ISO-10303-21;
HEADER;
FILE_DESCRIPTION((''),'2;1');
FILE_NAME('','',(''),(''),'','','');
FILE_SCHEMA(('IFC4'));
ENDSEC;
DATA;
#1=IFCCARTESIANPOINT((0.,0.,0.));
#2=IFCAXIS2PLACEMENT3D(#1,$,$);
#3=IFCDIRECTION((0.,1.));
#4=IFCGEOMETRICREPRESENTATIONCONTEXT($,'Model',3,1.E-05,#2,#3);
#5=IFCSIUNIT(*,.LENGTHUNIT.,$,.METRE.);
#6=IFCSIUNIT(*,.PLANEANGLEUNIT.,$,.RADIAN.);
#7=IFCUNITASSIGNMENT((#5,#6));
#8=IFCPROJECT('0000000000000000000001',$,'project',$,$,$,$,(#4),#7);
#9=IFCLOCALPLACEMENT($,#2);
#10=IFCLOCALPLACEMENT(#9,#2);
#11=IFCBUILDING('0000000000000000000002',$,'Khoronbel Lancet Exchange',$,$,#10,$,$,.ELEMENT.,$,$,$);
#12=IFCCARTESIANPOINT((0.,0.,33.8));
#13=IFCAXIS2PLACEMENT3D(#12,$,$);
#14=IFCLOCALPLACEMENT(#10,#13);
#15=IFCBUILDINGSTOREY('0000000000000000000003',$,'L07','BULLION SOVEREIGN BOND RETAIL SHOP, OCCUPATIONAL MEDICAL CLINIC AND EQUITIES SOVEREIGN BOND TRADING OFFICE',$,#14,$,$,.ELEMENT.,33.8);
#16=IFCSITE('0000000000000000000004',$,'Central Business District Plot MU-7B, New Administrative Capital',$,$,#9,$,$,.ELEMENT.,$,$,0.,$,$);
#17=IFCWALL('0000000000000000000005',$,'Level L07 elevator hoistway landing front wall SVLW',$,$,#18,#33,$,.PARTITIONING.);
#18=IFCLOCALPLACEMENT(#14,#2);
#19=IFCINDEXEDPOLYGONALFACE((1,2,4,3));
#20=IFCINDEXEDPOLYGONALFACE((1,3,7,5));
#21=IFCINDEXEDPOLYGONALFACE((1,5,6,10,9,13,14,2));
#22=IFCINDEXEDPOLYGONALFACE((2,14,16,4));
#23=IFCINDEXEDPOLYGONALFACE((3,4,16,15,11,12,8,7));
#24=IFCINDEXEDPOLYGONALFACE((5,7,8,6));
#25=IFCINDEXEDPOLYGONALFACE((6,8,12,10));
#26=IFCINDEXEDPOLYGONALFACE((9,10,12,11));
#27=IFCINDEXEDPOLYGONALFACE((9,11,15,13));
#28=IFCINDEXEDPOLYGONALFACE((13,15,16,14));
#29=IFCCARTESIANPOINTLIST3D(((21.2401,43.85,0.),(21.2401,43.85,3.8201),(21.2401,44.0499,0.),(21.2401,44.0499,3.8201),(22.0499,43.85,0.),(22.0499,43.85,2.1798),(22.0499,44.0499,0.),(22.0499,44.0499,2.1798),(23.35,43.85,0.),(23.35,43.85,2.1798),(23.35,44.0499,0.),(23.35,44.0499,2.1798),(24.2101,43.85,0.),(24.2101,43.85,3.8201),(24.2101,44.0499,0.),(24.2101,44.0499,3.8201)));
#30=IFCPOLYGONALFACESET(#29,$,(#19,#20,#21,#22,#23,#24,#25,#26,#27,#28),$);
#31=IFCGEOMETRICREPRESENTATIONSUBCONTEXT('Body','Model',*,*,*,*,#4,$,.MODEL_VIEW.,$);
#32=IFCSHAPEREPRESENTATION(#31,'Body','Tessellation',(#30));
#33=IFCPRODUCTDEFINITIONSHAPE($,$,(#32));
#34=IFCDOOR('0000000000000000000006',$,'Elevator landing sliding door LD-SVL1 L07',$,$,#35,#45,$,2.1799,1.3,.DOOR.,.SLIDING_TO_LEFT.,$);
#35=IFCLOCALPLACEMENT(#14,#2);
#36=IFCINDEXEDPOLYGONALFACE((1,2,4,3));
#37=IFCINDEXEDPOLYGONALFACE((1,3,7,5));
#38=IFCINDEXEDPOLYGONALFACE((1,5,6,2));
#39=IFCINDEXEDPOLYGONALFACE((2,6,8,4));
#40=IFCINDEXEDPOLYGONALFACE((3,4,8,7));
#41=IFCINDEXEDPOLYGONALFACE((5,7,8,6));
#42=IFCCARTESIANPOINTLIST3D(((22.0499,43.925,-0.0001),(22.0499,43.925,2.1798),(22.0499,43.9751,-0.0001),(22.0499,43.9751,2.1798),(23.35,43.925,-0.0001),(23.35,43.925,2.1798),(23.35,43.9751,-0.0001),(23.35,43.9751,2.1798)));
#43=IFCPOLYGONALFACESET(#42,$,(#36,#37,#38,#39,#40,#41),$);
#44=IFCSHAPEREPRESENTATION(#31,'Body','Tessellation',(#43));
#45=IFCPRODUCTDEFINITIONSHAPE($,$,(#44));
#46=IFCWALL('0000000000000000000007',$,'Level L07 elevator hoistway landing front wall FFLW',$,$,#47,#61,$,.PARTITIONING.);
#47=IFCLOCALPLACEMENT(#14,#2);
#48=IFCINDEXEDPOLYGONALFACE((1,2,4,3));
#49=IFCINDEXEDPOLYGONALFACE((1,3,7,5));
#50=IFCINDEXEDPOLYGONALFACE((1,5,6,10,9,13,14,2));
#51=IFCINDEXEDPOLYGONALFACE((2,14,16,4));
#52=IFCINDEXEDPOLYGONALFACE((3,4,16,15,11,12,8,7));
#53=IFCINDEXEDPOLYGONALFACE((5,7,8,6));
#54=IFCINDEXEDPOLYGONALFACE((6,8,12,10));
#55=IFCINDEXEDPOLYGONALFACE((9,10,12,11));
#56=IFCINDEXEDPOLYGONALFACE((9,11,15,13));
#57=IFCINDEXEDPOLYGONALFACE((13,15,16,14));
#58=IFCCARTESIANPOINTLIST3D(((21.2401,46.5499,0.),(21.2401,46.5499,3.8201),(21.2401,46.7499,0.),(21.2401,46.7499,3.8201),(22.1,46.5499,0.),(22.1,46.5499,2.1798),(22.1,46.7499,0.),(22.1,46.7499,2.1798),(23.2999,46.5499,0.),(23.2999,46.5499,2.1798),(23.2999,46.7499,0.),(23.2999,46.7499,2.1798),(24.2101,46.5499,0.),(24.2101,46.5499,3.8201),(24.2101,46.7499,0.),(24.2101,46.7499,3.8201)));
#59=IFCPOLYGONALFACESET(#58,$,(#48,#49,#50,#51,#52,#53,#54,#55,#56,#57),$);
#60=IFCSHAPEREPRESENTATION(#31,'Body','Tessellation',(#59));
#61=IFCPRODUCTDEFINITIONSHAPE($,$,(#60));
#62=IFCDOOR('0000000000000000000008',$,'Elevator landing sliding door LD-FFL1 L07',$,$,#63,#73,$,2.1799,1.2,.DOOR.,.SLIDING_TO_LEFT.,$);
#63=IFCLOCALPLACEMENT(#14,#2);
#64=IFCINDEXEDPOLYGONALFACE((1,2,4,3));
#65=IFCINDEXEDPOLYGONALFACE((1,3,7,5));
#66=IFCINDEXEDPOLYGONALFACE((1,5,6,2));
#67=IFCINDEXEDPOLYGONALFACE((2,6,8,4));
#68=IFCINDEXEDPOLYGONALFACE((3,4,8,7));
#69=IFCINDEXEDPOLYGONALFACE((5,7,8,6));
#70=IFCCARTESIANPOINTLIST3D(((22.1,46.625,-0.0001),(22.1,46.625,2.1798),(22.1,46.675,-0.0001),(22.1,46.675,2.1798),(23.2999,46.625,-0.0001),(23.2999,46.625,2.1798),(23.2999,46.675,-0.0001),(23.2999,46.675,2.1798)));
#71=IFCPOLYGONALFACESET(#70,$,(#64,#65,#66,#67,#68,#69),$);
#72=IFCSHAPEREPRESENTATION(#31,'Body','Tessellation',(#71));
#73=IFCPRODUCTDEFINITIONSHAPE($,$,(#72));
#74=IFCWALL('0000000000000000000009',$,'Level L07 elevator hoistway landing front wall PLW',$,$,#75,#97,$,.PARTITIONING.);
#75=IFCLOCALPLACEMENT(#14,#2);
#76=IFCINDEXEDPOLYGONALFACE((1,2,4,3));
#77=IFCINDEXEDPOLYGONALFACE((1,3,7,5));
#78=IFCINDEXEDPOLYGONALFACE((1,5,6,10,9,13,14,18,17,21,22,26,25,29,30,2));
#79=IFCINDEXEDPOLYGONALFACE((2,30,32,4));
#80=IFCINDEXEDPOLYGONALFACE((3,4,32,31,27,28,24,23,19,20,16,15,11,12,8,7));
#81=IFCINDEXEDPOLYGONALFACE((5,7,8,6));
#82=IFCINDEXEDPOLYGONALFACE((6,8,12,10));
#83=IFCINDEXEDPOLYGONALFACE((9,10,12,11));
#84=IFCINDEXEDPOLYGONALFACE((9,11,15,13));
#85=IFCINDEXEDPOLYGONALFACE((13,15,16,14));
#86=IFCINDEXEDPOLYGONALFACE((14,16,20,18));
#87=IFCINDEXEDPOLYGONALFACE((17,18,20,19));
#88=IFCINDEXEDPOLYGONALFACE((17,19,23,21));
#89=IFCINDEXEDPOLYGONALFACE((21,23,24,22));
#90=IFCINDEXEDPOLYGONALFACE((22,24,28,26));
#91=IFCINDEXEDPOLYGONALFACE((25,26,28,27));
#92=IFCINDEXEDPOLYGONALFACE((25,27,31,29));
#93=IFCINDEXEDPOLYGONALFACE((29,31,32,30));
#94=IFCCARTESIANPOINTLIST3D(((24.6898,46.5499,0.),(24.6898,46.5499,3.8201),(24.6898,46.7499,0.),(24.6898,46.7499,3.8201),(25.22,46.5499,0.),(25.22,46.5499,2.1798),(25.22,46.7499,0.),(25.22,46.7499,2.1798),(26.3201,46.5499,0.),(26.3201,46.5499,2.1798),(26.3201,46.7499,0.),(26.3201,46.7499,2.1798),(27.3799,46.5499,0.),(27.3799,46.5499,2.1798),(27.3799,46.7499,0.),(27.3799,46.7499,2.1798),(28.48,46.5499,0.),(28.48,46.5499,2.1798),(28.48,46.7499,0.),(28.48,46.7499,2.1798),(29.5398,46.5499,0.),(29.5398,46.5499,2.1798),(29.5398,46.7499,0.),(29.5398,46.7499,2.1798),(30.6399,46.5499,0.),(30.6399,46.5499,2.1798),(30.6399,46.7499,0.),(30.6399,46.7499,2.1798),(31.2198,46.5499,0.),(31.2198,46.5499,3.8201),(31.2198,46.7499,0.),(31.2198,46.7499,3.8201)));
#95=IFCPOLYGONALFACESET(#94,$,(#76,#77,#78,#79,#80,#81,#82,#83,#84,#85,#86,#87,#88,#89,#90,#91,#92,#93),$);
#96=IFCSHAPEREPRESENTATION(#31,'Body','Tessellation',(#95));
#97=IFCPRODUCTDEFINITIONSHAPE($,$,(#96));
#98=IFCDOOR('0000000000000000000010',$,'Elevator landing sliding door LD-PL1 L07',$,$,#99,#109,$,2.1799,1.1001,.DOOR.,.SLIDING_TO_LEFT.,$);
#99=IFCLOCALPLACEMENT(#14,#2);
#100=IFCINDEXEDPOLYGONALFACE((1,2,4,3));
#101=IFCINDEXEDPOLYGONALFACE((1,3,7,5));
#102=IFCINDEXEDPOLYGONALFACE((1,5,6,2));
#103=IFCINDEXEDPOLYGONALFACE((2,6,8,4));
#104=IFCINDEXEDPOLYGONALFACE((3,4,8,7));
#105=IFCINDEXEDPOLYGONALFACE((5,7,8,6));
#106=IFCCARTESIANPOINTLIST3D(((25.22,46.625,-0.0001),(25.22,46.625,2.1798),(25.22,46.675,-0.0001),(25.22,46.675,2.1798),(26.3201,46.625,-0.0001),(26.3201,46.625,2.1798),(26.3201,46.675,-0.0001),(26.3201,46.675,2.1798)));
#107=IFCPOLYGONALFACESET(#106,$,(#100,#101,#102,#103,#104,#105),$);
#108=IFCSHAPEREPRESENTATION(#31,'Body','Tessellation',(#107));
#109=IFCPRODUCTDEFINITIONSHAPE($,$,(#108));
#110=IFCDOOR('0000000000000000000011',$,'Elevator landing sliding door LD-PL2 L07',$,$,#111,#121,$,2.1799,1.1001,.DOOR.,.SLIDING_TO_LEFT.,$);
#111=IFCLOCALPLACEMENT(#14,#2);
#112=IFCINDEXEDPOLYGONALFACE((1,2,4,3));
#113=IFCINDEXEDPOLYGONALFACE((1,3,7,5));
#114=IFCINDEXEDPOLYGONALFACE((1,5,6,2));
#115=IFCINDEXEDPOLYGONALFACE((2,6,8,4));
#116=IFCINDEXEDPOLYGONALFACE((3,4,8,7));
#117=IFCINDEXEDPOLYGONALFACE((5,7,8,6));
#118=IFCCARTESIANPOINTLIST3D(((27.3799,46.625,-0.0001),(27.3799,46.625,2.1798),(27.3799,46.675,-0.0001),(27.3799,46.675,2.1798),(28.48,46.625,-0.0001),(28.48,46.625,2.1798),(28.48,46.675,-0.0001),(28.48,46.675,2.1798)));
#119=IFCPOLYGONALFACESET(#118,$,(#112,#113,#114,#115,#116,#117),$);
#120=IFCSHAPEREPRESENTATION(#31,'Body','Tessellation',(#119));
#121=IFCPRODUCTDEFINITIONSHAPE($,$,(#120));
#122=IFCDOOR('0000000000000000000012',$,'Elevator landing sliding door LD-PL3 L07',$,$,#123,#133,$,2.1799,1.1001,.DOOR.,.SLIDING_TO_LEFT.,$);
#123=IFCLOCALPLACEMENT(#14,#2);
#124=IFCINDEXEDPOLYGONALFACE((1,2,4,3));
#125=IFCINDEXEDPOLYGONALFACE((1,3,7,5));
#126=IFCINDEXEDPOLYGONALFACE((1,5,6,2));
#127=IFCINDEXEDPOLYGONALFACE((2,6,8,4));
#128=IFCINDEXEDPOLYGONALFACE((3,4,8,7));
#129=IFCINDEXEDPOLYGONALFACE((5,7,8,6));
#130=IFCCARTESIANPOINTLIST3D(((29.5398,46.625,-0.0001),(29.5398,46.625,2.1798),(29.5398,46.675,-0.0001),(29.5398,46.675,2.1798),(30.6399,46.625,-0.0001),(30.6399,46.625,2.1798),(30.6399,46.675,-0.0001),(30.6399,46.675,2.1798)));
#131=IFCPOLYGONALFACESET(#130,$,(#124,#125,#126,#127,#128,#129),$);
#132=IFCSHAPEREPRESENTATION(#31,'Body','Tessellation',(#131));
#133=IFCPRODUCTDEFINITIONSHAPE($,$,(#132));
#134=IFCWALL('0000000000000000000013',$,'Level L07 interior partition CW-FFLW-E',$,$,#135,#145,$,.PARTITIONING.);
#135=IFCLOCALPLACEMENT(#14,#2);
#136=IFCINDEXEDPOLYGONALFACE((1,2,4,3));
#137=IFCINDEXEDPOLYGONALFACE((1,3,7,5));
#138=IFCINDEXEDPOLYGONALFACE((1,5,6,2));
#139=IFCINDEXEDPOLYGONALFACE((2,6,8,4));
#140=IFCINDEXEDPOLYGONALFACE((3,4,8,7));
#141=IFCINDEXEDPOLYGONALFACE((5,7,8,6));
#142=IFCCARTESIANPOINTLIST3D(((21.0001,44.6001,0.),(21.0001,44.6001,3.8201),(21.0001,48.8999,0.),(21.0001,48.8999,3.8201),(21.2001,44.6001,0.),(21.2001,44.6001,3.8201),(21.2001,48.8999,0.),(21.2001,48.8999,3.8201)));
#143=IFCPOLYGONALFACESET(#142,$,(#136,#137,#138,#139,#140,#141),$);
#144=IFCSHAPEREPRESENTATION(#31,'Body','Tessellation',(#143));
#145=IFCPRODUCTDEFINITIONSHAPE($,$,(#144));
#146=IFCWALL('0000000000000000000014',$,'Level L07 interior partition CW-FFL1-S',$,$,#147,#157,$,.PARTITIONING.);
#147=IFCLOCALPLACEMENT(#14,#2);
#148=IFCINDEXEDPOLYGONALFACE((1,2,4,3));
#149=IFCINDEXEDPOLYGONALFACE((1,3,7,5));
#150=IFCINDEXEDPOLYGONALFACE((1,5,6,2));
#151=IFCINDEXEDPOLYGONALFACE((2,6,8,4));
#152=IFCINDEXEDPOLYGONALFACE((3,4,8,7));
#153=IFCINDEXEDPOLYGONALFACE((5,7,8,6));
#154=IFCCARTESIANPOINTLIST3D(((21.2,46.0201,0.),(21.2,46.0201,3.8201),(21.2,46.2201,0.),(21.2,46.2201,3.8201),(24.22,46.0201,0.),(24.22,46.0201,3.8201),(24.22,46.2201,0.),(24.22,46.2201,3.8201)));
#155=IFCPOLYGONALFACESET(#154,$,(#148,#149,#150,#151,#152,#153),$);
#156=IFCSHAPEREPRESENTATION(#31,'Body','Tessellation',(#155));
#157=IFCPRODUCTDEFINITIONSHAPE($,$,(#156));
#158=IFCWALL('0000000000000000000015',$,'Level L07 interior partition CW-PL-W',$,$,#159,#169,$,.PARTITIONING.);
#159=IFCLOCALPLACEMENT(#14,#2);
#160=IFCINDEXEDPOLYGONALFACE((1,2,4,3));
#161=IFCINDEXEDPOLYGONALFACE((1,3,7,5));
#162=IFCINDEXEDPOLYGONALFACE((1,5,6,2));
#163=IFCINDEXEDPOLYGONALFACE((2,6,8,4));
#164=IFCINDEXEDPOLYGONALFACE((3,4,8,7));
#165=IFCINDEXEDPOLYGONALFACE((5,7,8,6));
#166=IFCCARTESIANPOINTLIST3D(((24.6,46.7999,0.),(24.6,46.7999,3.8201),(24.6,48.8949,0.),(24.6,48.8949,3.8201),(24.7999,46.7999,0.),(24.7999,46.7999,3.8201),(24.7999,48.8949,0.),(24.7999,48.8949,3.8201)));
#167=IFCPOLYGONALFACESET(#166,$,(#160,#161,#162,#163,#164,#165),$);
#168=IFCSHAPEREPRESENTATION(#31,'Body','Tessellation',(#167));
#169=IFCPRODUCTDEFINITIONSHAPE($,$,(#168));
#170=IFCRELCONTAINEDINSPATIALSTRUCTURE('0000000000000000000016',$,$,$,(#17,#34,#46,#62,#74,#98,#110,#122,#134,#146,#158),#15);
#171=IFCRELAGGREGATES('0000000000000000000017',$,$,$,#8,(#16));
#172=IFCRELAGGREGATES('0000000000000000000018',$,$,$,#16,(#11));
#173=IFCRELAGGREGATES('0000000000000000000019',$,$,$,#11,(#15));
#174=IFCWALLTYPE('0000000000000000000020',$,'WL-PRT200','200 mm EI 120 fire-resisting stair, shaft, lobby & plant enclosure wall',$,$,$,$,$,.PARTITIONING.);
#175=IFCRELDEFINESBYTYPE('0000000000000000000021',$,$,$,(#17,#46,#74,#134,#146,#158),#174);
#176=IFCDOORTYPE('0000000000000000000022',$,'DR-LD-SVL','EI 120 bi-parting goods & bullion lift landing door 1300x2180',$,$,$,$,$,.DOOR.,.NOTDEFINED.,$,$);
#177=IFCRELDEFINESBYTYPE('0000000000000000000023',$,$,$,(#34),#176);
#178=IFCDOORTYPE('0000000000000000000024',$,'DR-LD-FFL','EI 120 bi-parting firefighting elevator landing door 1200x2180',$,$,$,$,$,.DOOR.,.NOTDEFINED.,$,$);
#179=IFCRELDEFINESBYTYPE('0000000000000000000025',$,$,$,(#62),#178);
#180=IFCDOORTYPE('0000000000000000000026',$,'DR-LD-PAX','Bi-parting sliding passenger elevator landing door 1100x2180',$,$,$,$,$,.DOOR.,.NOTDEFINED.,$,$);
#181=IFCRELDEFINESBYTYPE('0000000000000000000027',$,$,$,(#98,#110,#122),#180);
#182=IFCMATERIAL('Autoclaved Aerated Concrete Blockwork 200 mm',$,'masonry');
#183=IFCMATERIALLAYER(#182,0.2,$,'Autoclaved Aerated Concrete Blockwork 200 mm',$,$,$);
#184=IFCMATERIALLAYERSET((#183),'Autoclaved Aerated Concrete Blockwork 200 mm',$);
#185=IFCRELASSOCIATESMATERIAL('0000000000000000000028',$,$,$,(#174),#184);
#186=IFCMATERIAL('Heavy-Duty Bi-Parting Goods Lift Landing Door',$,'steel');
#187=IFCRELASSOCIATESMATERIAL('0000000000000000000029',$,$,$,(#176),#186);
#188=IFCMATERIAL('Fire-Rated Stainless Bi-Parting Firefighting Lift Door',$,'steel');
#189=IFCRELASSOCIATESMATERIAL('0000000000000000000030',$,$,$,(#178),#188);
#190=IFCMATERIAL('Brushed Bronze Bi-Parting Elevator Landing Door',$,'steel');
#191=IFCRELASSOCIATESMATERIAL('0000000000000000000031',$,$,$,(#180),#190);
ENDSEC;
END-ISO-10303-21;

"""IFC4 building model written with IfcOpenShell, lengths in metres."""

from ifc_helpers import new_model, si_unit, direction, frame, frame_2d, origin, place, context, subcontext, project, spatial, rectangle, extrude, material, layer, layer_set, type_object, element, fill, save


model = new_model("IFC4")

# Units and contexts
model_context = context("Model", 3, precision=1e-05, world=origin(), true_north=direction((0.0, 1.0)))
body_context = subcontext(model_context, "Body", "Model", "MODEL_VIEW")
ifc_project = project(units=[si_unit("LENGTHUNIT", "METRE"), si_unit("PLANEANGLEUNIT", "RADIAN")], contexts=[model_context])

# Site, building, storey
site_placement = place(None, origin())
site = spatial("IfcSite", under=ifc_project, at=site_placement, Name="Central Business District Plot MU-7B, New Administrative Capital", CompositionType="ELEMENT", RefElevation=0.0)
building_placement = place(site_placement, origin())
building = spatial("IfcBuilding", under=site, at=building_placement, Name="Khoronbel Lancet Exchange", CompositionType="ELEMENT")
storey_placement = place(building_placement, frame((0.0, 0.0, 33.8)))
storey = spatial("IfcBuildingStorey", under=building, at=storey_placement, Name="L07", Description="BULLION SOVEREIGN BOND RETAIL SHOP, OCCUPATIONAL MEDICAL CLINIC AND EQUITIES SOVEREIGN BOND TRADING OFFICE", CompositionType="ELEMENT", Elevation=33.8)

# Walls, openings, doors
ifc_material_1 = material(Name="Autoclaved Aerated Concrete Blockwork 200 mm", Category="masonry")
ifc_layer_1 = layer(ifc_material_1, 0.2, Name="Autoclaved Aerated Concrete Blockwork 200 mm")
ifc_layer_set_1 = layer_set([ifc_layer_1], Name="Autoclaved Aerated Concrete Blockwork 200 mm")
wall_type_1 = type_object("IfcWallType", Name="WL-PRT200", Description="200 mm EI 120 fire-resisting stair, shaft, lobby & plant enclosure wall", PredefinedType="PARTITIONING", material=ifc_layer_set_1)
wall_1_placement = place(storey_placement, frame((24.21, 43.95, 0.0), z_axis=(0.0, 0.0, 1.0), x_axis=(-1.0, 0.0, 0.0)))
wall_1 = element("IfcWall", 1, at=wall_1_placement, inside=storey, type_object=wall_type_1, Name="Level L07 elevator hoistway landing front wall SVLW", PredefinedType="PARTITIONING", context=body_context, shape_type="SweptSolid", body=[
    extrude(rectangle(XDim=2.97, YDim=0.2, at=frame_2d((1.4849, 0.0))), origin(), (0.0, 0.0, 1.0), 3.8201),
])
opening_1_placement = place(wall_1_placement, frame((0.8601, 0.0, 0.0)))
opening_1 = element("IfcOpeningElement", 2, at=opening_1_placement, cuts=wall_1, PredefinedType="OPENING", context=body_context, shape_type="SweptSolid", body=[
    extrude(rectangle(XDim=1.3, YDim=2.1799, at=frame_2d((0.6499, 1.0898))), frame((0.0, 0.1099, 0.0), z_axis=(0.0, -1.0, 0.0), x_axis=(1.0, 0.0, 0.0)), (0.0, 0.0, 1.0), 0.22),
])
ifc_material_2 = material(Name="Heavy-Duty Bi-Parting Goods Lift Landing Door", Category="steel")
door_type_1 = type_object("IfcDoorType", Name="DR-LD-SVL", Description="EI 120 bi-parting goods & bullion lift landing door 1300x2180", OperationType="NOTDEFINED", PredefinedType="DOOR", material=ifc_material_2)
door_1_placement = place(opening_1_placement, origin())
door_1 = element("IfcDoor", 3, at=door_1_placement, inside=storey, type_object=door_type_1, Name="Elevator landing sliding door LD-SVL1 L07", OperationType="SLIDING_TO_LEFT", OverallHeight=2.1799, OverallWidth=1.3, PredefinedType="DOOR", context=body_context, shape_type="SweptSolid", body=[
    extrude(rectangle(XDim=1.3, YDim=2.1799, at=frame_2d((0.6499, 1.0898))), frame((0.0, 0.0249, 0.0), z_axis=(0.0, -1.0, 0.0), x_axis=(1.0, 0.0, 0.0)), (0.0, 0.0, 1.0), 0.05),
])
fill(opening_1, door_1)
wall_2_placement = place(storey_placement, frame((24.21, 46.6499, 0.0), z_axis=(0.0, 0.0, 1.0), x_axis=(-1.0, 0.0, 0.0)))
wall_2 = element("IfcWall", 4, at=wall_2_placement, inside=storey, type_object=wall_type_1, Name="Level L07 elevator hoistway landing front wall FFLW", PredefinedType="PARTITIONING", context=body_context, shape_type="SweptSolid", body=[
    extrude(rectangle(XDim=2.97, YDim=0.2, at=frame_2d((1.4849, 0.0))), origin(), (0.0, 0.0, 1.0), 3.8201),
])
opening_2_placement = place(wall_2_placement, frame((0.9099, 0.0, 0.0)))
opening_2 = element("IfcOpeningElement", 5, at=opening_2_placement, cuts=wall_2, PredefinedType="OPENING", context=body_context, shape_type="SweptSolid", body=[
    extrude(rectangle(XDim=1.2, YDim=2.1799, at=frame_2d((0.6001, 1.0898))), frame((0.0, 0.1099, 0.0), z_axis=(0.0, -1.0, 0.0), x_axis=(1.0, 0.0, 0.0)), (0.0, 0.0, 1.0), 0.22),
])
ifc_material_3 = material(Name="Fire-Rated Stainless Bi-Parting Firefighting Lift Door", Category="steel")
door_type_2 = type_object("IfcDoorType", Name="DR-LD-FFL", Description="EI 120 bi-parting firefighting elevator landing door 1200x2180", OperationType="NOTDEFINED", PredefinedType="DOOR", material=ifc_material_3)
door_2_placement = place(opening_2_placement, origin())
door_2 = element("IfcDoor", 6, at=door_2_placement, inside=storey, type_object=door_type_2, Name="Elevator landing sliding door LD-FFL1 L07", OperationType="SLIDING_TO_LEFT", OverallHeight=2.1799, OverallWidth=1.2, PredefinedType="DOOR", context=body_context, shape_type="SweptSolid", body=[
    extrude(rectangle(XDim=1.2, YDim=2.1799, at=frame_2d((0.6001, 1.0898))), frame((0.0, 0.0249, 0.0), z_axis=(0.0, -1.0, 0.0), x_axis=(1.0, 0.0, 0.0)), (0.0, 0.0, 1.0), 0.05),
])
fill(opening_2, door_2)

# Wall, openings, doors
wall_3_placement = place(storey_placement, frame((31.22, 46.6499, 0.0), z_axis=(0.0, 0.0, 1.0), x_axis=(-1.0, 0.0, 0.0)))
wall_3 = element("IfcWall", 7, at=wall_3_placement, inside=storey, type_object=wall_type_1, Name="Level L07 elevator hoistway landing front wall PLW", PredefinedType="PARTITIONING", context=body_context, shape_type="SweptSolid", body=[
    extrude(rectangle(XDim=6.53, YDim=0.2, at=frame_2d((3.2651, 0.0))), origin(), (0.0, 0.0, 1.0), 3.8201),
])
opening_3_placement = place(wall_3_placement, frame((4.8999, 0.0, 0.0)))
opening_3 = element("IfcOpeningElement", 8, at=opening_3_placement, cuts=wall_3, PredefinedType="OPENING", context=body_context, shape_type="SweptSolid", body=[
    extrude(rectangle(XDim=1.1001, YDim=2.1799, at=frame_2d((0.55, 1.0898))), frame((0.0, 0.1099, 0.0), z_axis=(0.0, -1.0, 0.0), x_axis=(1.0, 0.0, 0.0)), (0.0, 0.0, 1.0), 0.22),
])
opening_4_placement = place(wall_3_placement, frame((2.74, 0.0, 0.0)))
opening_4 = element("IfcOpeningElement", 9, at=opening_4_placement, cuts=wall_3, PredefinedType="OPENING", context=body_context, shape_type="SweptSolid", body=[
    extrude(rectangle(XDim=1.1001, YDim=2.1799, at=frame_2d((0.55, 1.0898))), frame((0.0, 0.1099, 0.0), z_axis=(0.0, -1.0, 0.0), x_axis=(1.0, 0.0, 0.0)), (0.0, 0.0, 1.0), 0.22),
])
opening_5_placement = place(wall_3_placement, frame((0.5801, 0.0, 0.0)))
opening_5 = element("IfcOpeningElement", 10, at=opening_5_placement, cuts=wall_3, PredefinedType="OPENING", context=body_context, shape_type="SweptSolid", body=[
    extrude(rectangle(XDim=1.1001, YDim=2.1799, at=frame_2d((0.55, 1.0898))), frame((0.0, 0.1099, 0.0), z_axis=(0.0, -1.0, 0.0), x_axis=(1.0, 0.0, 0.0)), (0.0, 0.0, 1.0), 0.22),
])
ifc_material_4 = material(Name="Brushed Bronze Bi-Parting Elevator Landing Door", Category="steel")
door_type_3 = type_object("IfcDoorType", Name="DR-LD-PAX", Description="Bi-parting sliding passenger elevator landing door 1100x2180", OperationType="NOTDEFINED", PredefinedType="DOOR", material=ifc_material_4)
door_3_placement = place(opening_3_placement, origin())
door_3 = element("IfcDoor", 11, at=door_3_placement, inside=storey, type_object=door_type_3, Name="Elevator landing sliding door LD-PL1 L07", OperationType="SLIDING_TO_LEFT", OverallHeight=2.1799, OverallWidth=1.1001, PredefinedType="DOOR", context=body_context, shape_type="SweptSolid", body=[
    extrude(rectangle(XDim=1.1001, YDim=2.1799, at=frame_2d((0.55, 1.0898))), frame((0.0, 0.0249, 0.0), z_axis=(0.0, -1.0, 0.0), x_axis=(1.0, 0.0, 0.0)), (0.0, 0.0, 1.0), 0.05),
])
fill(opening_3, door_3)
door_4_placement = place(opening_4_placement, origin())
door_4 = element("IfcDoor", 12, at=door_4_placement, inside=storey, type_object=door_type_3, Name="Elevator landing sliding door LD-PL2 L07", OperationType="SLIDING_TO_LEFT", OverallHeight=2.1799, OverallWidth=1.1001, PredefinedType="DOOR", context=body_context, shape_type="SweptSolid", body=[
    extrude(rectangle(XDim=1.1001, YDim=2.1799, at=frame_2d((0.55, 1.0898))), frame((0.0, 0.0249, 0.0), z_axis=(0.0, -1.0, 0.0), x_axis=(1.0, 0.0, 0.0)), (0.0, 0.0, 1.0), 0.05),
])
fill(opening_4, door_4)
door_5_placement = place(opening_5_placement, origin())
door_5 = element("IfcDoor", 13, at=door_5_placement, inside=storey, type_object=door_type_3, Name="Elevator landing sliding door LD-PL3 L07", OperationType="SLIDING_TO_LEFT", OverallHeight=2.1799, OverallWidth=1.1001, PredefinedType="DOOR", context=body_context, shape_type="SweptSolid", body=[
    extrude(rectangle(XDim=1.1001, YDim=2.1799, at=frame_2d((0.55, 1.0898))), frame((0.0, 0.0249, 0.0), z_axis=(0.0, -1.0, 0.0), x_axis=(1.0, 0.0, 0.0)), (0.0, 0.0, 1.0), 0.05),
])
fill(opening_5, door_5)

# Walls
wall_4_placement = place(storey_placement, frame((21.1001, 44.6001, 0.0), z_axis=(0.0, 0.0, 1.0), x_axis=(0.0, 1.0, 0.0)))
element("IfcWall", 14, at=wall_4_placement, inside=storey, type_object=wall_type_1, Name="Level L07 interior partition CW-FFLW-E", PredefinedType="PARTITIONING", context=body_context, shape_type="SweptSolid", body=[
    extrude(rectangle(XDim=4.2998, YDim=0.2, at=frame_2d((2.1499, 0.0))), origin(), (0.0, 0.0, 1.0), 3.8201),
])
wall_5_placement = place(storey_placement, frame((21.2, 46.1201, 0.0), z_axis=(0.0, 0.0, 1.0), x_axis=(1.0, 0.0, 0.0)))
element("IfcWall", 15, at=wall_5_placement, inside=storey, type_object=wall_type_1, Name="Level L07 interior partition CW-FFL1-S", PredefinedType="PARTITIONING", context=body_context, shape_type="SweptSolid", body=[
    extrude(rectangle(XDim=3.02, YDim=0.2, at=frame_2d((1.51, 0.0))), origin(), (0.0, 0.0, 1.0), 3.8201),
])
for number, where, z_axis, x_axis, name in (
    (16, (24.7, 46.8, 0.0), (0.0, 0.0, 1.0), (0.0, 1.0, 0.0), "Level L07 interior partition CW-PL-W"),
):
    element("IfcWall", number, at=place(storey_placement, frame(where, z_axis=z_axis, x_axis=x_axis)), inside=storey, type_object=wall_type_1, Name=name, PredefinedType="PARTITIONING", context=body_context, shape_type="SweptSolid", body=[
        extrude(rectangle(XDim=2.095, YDim=0.2, at=frame_2d((1.0474, 0.0))), origin(), (0.0, 0.0, 1.0), 3.8201),
    ])

save(model, "model.ifc")
